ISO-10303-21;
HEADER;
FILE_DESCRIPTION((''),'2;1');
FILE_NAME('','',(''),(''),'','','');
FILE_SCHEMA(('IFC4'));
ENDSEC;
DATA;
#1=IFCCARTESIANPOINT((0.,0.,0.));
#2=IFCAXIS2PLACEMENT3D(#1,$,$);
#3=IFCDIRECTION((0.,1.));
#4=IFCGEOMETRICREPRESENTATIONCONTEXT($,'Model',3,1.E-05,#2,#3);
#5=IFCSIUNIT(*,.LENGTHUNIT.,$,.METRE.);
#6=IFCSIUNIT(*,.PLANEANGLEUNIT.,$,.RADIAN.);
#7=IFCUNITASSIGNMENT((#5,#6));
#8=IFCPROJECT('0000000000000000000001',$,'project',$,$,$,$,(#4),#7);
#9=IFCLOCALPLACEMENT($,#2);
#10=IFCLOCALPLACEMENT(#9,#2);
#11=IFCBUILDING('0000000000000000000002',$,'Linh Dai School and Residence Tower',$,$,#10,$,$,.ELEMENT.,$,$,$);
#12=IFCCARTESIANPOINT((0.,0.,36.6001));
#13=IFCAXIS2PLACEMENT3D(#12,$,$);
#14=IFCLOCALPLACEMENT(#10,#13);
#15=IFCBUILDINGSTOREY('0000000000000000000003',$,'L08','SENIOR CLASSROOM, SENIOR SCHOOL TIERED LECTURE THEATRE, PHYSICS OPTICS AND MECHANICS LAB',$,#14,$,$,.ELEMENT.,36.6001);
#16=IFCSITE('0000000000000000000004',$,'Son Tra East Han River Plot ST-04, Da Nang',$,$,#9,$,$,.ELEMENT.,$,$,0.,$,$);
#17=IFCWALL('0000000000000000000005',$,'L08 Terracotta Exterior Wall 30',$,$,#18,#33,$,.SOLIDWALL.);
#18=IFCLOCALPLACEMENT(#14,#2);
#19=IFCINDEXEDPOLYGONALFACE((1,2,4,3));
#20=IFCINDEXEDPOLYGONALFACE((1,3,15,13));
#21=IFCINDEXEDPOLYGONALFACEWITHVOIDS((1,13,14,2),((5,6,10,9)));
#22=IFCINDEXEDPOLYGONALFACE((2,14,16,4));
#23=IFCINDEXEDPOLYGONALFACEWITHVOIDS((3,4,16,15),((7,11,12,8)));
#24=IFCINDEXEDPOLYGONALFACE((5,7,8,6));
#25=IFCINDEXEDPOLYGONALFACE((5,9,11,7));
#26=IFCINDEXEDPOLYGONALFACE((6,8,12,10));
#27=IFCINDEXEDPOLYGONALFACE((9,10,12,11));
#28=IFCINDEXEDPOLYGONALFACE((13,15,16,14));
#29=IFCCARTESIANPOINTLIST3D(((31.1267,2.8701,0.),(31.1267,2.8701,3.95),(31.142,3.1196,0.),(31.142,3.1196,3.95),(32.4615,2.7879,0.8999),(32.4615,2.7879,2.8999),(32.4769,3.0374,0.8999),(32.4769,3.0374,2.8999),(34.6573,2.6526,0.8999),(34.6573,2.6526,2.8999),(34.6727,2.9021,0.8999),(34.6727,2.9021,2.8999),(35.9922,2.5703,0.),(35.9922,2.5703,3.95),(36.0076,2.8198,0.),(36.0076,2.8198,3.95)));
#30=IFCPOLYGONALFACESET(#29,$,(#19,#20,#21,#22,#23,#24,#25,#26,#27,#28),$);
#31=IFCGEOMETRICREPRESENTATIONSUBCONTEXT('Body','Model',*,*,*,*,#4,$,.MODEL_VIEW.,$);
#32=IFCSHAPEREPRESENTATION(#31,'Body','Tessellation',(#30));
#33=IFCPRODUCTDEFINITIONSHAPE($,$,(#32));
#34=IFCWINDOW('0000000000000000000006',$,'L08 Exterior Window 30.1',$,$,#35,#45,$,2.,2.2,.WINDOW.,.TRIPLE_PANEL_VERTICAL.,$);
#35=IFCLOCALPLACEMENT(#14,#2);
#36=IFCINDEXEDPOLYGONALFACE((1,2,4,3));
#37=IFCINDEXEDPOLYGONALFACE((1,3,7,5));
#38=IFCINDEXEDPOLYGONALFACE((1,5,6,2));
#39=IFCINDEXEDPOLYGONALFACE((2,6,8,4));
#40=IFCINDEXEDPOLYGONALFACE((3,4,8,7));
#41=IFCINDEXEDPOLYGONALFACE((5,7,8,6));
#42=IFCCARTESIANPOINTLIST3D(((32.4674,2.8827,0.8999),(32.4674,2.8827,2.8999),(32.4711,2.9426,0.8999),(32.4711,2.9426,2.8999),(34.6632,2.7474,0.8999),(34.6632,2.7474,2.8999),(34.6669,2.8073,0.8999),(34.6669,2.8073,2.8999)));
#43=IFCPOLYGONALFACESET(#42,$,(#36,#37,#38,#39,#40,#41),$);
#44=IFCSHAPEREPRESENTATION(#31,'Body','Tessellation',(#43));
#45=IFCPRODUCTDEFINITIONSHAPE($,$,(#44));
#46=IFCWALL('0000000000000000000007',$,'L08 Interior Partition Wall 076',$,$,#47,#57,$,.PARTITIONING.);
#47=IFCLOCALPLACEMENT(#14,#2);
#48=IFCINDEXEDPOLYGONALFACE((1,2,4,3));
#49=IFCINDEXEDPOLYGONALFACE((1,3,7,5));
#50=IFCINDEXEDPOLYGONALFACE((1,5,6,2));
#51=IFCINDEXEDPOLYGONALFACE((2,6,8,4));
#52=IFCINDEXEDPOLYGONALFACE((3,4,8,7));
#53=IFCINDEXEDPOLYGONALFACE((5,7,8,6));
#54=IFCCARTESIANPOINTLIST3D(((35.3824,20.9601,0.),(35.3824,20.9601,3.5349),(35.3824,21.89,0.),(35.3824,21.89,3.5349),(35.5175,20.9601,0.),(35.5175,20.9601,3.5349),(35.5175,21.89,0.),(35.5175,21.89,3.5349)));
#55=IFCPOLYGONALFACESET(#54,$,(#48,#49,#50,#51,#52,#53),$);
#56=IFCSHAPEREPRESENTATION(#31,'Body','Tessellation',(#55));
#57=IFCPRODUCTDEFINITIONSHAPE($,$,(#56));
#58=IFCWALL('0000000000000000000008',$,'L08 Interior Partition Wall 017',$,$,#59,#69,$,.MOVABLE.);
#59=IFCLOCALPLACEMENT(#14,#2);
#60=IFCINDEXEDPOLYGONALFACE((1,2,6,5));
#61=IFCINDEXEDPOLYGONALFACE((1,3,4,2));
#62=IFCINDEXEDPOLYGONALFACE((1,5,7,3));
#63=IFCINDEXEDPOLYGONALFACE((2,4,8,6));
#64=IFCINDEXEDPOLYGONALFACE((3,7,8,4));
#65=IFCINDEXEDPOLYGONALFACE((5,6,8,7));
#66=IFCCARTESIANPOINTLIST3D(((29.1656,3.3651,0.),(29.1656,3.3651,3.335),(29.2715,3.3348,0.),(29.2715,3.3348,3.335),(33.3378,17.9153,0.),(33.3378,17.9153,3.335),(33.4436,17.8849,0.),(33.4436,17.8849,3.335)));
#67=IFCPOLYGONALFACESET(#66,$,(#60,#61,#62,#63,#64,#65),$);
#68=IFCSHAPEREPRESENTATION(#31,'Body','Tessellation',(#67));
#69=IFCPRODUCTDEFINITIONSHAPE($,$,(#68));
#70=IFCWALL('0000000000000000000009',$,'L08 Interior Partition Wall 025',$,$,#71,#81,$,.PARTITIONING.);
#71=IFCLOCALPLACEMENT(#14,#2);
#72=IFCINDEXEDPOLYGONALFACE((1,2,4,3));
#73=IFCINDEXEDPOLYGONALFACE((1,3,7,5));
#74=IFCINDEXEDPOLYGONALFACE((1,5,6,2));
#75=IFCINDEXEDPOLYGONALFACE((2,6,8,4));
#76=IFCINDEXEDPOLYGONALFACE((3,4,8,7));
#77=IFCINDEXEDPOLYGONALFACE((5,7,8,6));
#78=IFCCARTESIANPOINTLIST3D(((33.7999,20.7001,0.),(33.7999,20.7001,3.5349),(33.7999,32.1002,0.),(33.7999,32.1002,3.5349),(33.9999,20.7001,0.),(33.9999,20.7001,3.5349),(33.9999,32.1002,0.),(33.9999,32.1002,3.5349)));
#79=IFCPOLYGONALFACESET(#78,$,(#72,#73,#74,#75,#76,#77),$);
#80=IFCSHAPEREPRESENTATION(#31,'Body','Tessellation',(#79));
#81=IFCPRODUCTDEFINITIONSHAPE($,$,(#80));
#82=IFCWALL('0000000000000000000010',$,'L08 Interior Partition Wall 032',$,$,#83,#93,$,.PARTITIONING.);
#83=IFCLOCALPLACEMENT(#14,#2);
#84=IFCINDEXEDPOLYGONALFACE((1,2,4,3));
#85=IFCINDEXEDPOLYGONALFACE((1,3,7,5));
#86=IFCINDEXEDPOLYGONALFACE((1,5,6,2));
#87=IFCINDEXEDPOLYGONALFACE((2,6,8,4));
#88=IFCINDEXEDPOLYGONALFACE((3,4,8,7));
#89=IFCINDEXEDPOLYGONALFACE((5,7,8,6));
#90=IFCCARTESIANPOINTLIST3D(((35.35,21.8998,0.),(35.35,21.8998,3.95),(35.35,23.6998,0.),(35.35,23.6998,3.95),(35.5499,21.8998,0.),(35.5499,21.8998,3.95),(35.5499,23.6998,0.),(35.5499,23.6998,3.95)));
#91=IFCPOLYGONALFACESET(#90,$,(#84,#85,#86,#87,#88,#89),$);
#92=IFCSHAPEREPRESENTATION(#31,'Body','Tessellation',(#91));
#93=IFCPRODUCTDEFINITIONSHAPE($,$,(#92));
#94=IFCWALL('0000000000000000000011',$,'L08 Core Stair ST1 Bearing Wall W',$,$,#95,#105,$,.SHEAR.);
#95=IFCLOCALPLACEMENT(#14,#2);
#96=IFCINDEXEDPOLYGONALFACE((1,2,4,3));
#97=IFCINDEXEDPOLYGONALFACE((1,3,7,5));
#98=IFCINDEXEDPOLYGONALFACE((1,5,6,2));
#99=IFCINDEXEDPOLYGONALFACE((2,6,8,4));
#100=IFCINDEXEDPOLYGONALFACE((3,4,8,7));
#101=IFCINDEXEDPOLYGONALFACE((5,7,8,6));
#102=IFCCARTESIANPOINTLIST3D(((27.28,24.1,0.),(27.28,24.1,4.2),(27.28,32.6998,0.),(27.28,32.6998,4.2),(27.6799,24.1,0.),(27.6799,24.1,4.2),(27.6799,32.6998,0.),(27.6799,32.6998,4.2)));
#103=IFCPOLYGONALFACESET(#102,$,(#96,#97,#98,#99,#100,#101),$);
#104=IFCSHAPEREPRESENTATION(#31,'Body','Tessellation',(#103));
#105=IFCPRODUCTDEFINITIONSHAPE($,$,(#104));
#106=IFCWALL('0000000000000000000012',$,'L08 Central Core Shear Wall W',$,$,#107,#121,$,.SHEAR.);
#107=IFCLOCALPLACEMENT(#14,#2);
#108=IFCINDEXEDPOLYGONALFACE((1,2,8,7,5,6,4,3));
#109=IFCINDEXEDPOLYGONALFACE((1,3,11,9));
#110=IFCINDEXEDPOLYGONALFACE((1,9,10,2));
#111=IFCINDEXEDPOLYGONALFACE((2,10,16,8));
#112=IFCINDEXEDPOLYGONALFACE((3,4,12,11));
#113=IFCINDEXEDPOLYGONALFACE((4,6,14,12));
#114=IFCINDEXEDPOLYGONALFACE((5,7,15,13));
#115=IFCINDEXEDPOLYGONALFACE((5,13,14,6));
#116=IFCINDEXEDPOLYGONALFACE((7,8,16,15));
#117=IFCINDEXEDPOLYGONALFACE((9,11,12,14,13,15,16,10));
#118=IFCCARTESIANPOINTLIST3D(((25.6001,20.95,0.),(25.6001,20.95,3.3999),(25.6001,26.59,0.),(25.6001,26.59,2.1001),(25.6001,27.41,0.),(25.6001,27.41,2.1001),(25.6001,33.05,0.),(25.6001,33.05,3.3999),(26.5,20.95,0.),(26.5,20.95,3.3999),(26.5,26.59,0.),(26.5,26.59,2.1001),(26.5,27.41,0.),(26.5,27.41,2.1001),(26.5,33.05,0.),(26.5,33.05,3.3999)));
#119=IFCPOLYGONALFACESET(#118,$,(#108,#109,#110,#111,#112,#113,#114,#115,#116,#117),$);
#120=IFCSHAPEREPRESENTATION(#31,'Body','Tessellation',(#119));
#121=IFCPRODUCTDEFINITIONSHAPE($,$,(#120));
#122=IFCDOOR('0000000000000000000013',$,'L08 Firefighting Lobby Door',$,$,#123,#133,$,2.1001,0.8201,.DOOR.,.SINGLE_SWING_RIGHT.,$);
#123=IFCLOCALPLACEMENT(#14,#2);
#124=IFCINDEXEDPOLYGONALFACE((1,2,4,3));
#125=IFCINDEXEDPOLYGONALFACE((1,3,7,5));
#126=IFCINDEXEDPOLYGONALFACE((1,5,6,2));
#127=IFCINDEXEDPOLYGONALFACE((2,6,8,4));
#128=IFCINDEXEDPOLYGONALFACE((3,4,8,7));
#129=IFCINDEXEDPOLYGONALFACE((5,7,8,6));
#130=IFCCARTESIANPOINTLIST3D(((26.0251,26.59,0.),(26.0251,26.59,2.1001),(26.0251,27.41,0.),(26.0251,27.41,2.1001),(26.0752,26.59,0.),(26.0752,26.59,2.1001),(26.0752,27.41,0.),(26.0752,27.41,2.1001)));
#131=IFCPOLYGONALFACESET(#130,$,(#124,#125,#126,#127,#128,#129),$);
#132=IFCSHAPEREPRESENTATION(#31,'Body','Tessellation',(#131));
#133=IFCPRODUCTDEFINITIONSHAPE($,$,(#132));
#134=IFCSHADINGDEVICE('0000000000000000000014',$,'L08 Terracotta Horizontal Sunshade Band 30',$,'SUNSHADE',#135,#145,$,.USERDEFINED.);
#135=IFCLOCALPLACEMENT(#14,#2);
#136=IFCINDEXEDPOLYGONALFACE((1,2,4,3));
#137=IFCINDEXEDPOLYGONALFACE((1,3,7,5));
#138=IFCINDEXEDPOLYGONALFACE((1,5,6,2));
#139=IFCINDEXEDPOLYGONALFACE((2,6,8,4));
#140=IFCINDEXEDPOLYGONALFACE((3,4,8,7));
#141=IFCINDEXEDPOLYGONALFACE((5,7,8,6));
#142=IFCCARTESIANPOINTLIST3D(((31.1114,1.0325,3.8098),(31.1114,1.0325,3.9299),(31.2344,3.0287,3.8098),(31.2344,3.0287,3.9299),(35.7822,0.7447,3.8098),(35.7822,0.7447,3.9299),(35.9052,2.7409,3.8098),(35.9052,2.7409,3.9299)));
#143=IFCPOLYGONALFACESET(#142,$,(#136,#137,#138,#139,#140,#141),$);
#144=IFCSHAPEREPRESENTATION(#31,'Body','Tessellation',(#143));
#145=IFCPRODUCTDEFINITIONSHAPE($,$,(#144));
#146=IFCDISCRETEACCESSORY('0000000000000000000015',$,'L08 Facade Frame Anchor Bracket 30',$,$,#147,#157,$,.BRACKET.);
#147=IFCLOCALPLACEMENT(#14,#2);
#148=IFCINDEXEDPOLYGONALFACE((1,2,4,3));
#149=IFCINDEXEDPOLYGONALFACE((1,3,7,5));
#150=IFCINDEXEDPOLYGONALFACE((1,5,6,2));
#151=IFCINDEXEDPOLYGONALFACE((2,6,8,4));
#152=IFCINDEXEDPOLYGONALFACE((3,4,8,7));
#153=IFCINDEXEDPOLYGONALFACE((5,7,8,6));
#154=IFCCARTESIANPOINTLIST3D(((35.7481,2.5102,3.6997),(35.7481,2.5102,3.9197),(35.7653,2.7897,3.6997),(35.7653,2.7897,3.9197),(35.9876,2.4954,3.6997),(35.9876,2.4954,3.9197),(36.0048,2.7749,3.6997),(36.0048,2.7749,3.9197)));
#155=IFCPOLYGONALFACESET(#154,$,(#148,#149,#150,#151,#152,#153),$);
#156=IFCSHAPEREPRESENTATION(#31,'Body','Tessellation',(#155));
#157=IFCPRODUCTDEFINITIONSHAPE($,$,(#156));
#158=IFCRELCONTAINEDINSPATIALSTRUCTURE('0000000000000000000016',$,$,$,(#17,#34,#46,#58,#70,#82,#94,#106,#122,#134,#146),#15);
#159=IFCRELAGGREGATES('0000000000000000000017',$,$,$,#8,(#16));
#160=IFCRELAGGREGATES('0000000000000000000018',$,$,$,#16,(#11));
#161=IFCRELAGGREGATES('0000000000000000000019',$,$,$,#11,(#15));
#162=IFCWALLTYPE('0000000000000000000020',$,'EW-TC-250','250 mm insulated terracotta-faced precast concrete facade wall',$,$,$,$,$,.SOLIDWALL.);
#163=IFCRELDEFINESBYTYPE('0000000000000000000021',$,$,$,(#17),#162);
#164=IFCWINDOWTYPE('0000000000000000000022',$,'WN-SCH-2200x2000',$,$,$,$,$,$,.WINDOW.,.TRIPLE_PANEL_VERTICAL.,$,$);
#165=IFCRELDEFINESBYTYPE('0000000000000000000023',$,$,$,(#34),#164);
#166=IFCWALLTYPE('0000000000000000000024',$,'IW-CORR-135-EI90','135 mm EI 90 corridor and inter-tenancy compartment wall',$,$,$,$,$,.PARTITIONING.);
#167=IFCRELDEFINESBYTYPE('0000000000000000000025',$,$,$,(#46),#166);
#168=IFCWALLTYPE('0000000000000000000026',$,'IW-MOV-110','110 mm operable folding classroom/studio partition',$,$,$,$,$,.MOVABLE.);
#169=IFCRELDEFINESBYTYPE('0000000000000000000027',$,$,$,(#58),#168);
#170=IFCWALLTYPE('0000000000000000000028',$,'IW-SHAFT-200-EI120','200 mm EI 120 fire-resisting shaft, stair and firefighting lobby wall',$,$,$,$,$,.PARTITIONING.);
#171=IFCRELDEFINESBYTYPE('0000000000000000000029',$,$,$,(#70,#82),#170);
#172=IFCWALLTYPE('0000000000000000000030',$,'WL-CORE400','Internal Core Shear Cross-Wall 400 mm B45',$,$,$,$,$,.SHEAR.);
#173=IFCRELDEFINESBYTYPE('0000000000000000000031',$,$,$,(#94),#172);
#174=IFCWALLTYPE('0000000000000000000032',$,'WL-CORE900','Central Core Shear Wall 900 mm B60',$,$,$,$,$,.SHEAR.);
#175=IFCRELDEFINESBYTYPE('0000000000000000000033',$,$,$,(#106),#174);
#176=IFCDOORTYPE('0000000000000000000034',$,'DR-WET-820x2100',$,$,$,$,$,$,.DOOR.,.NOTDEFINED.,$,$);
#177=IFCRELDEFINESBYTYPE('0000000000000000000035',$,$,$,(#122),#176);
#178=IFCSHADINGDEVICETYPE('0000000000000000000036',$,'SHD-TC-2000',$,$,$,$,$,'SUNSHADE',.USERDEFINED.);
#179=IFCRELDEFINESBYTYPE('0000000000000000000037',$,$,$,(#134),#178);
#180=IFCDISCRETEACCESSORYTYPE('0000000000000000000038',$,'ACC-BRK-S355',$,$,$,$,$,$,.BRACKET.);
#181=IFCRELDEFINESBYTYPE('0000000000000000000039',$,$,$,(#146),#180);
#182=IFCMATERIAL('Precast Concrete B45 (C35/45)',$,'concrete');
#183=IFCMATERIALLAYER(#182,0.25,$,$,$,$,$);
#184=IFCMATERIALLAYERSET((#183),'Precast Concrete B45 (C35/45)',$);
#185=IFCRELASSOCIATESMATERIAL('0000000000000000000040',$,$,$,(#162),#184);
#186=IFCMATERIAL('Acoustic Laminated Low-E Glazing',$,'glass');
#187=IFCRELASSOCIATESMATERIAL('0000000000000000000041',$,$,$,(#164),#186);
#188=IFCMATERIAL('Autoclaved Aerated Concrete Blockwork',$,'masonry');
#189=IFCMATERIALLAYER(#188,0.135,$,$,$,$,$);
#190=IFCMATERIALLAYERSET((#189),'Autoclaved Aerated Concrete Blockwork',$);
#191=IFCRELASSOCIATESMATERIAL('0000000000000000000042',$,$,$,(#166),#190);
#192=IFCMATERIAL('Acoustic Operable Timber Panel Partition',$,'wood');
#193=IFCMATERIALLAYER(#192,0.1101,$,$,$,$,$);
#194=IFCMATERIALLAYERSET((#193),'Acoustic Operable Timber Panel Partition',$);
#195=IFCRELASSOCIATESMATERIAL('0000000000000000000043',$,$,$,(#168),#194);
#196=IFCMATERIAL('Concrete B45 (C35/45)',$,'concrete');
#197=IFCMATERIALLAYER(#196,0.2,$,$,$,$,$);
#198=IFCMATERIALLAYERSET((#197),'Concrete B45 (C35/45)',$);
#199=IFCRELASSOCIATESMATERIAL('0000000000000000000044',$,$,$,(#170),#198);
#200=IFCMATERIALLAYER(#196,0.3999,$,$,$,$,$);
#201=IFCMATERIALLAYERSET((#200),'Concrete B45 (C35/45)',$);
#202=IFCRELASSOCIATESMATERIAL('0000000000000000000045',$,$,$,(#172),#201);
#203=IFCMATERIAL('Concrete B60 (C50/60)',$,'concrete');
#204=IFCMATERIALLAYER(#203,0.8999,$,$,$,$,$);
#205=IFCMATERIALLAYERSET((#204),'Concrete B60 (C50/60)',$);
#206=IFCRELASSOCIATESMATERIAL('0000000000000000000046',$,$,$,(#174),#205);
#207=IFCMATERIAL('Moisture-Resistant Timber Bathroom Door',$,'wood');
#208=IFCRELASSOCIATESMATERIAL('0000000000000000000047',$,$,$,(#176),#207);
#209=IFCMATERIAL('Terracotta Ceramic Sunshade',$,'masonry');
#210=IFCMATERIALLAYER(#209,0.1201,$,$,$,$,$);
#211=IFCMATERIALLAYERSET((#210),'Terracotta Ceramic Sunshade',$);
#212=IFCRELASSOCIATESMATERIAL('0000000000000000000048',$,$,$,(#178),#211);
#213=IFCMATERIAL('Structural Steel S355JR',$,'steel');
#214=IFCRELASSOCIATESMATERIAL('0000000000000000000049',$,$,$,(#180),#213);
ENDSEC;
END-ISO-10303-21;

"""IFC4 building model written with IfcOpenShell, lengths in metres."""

from ifc_helpers import new_model, si_unit, direction, frame, frame_2d, origin, origin_2d, place, context, subcontext, project, spatial, rectangle, extrude, source, transform, mapped, material, layer, layer_set, type_object, element, fill, save


model = new_model("IFC4")

# Units and contexts
model_context = context("Model", 3, precision=1e-05, world=origin(), true_north=direction((0.0, 1.0)))
body_context = subcontext(model_context, "Body", "Model", "MODEL_VIEW")
ifc_project = project(units=[si_unit("LENGTHUNIT", "METRE"), si_unit("PLANEANGLEUNIT", "RADIAN")], contexts=[model_context])

# Site, building, storey
site_placement = place(None, origin())
site = spatial("IfcSite", under=ifc_project, at=site_placement, Name="Son Tra East Han River Plot ST-04, Da Nang", CompositionType="ELEMENT", RefElevation=0.0)
building_placement = place(site_placement, origin())
building = spatial("IfcBuilding", under=site, at=building_placement, Name="Linh Dai School and Residence Tower", CompositionType="ELEMENT")
storey_placement = place(building_placement, frame((0.0, 0.0, 36.6001)))
storey = spatial("IfcBuildingStorey", under=building, at=storey_placement, Name="L08", Description="SENIOR CLASSROOM, SENIOR SCHOOL TIERED LECTURE THEATRE, PHYSICS OPTICS AND MECHANICS LAB", CompositionType="ELEMENT", Elevation=36.6001)

# Shared definitions
ifc_material_1 = material(Name="Concrete B60 (C50/60)", Category="concrete")
ifc_material_2 = material(Name="Structural Steel S355JR", Category="steel")

# Shared definitions
ifc_material_3 = material(Name="Precast Concrete B45 (C35/45)", Category="concrete")

# Wall, opening, window
ifc_layer_1 = layer(ifc_material_3, 0.25)
ifc_layer_set_1 = layer_set([ifc_layer_1], Name="Precast Concrete B45 (C35/45)")
wall_type_1 = type_object("IfcWallType", Name="EW-TC-250", Description="250 mm insulated terracotta-faced precast concrete facade wall", PredefinedType="SOLIDWALL", material=ifc_layer_set_1)
ifc_material_4 = material(Name="Acoustic Laminated Low-E Glazing", Category="glass")
window_type_1 = type_object("IfcWindowType", Name="WN-SCH-2200x2000", PartitioningType="TRIPLE_PANEL_VERTICAL", PredefinedType="WINDOW", material=ifc_material_4)
shared_shape_1 = source(origin(), body_context, "Body", "SweptSolid", [
    extrude(rectangle(XDim=2.2, YDim=2.0, at=origin_2d()), frame((1.1001, 0.03, 1.0), z_axis=(0.0, -1.0, 0.0), x_axis=(1.0, 0.0, 0.0)), (0.0, 0.0, 1.0), 0.0601),
])
wall_1_placement = place(storey_placement, frame((36.0, 2.6951, 0.0), z_axis=(0.0, 0.0, 1.0), x_axis=(-0.998107, 0.061502, 0.0)))
wall_1 = element("IfcWall", 1, at=wall_1_placement, inside=storey, type_object=wall_type_1, Name="L08 Terracotta Exterior Wall 30", PredefinedType="SOLIDWALL", context=body_context, shape_type="SweptSolid", body=[
    extrude(rectangle(XDim=4.8748, YDim=0.25, at=frame_2d((2.4375, 0.0))), origin(), (0.0, 0.0, 1.0), 3.95),
])
opening_1_placement = place(wall_1_placement, frame((1.3374, 0.0, 0.8999)))
opening_1 = element("IfcOpeningElement", 2, at=opening_1_placement, cuts=wall_1, PredefinedType="OPENING", context=body_context, shape_type="SweptSolid", body=[
    extrude(rectangle(XDim=2.2, YDim=2.0, at=origin_2d()), frame((1.1001, 0.135, 1.0), z_axis=(0.0, -1.0, 0.0), x_axis=(1.0, 0.0, 0.0)), (0.0, 0.0, 1.0), 0.27),
])
window_1_placement = place(opening_1_placement, origin())
window_1 = element("IfcWindow", 3, at=window_1_placement, inside=storey, type_object=window_type_1, Name="L08 Exterior Window 30.1", OverallHeight=2.0, OverallWidth=2.2, PartitioningType="TRIPLE_PANEL_VERTICAL", PredefinedType="WINDOW", context=body_context, shape_type="MappedRepresentation", body=[
    mapped(shared_shape_1, transform((0.0, 0.0, 0.0), x_axis=(1.0, 0.0, 0.0), y_axis=(0.0, 1.0, 0.0), z_axis=(0.0, 0.0, 1.0), scale=1.0)),
])
fill(opening_1, window_1)

# Walls
ifc_material_5 = material(Name="Autoclaved Aerated Concrete Blockwork", Category="masonry")
ifc_layer_2 = layer(ifc_material_5, 0.135)
ifc_layer_set_2 = layer_set([ifc_layer_2], Name="Autoclaved Aerated Concrete Blockwork")
wall_type_2 = type_object("IfcWallType", Name="IW-CORR-135-EI90", Description="135 mm EI 90 corridor and inter-tenancy compartment wall", PredefinedType="PARTITIONING", material=ifc_layer_set_2)
wall_2_placement = place(storey_placement, frame((35.45, 21.8899, 0.0), z_axis=(0.0, 0.0, 1.0), x_axis=(0.0, -1.0, 0.0)))
element("IfcWall", 4, at=wall_2_placement, inside=storey, type_object=wall_type_2, Name="L08 Interior Partition Wall 076", PredefinedType="PARTITIONING", context=body_context, shape_type="SweptSolid", body=[
    extrude(rectangle(XDim=0.9299, YDim=0.135, at=frame_2d((0.4648, 0.0))), origin(), (0.0, 0.0, 1.0), 3.5349),
])
ifc_material_6 = material(Name="Acoustic Operable Timber Panel Partition", Category="wood")
ifc_layer_3 = layer(ifc_material_6, 0.1101)
ifc_layer_set_3 = layer_set([ifc_layer_3], Name="Acoustic Operable Timber Panel Partition")
wall_type_3 = type_object("IfcWallType", Name="IW-MOV-110", Description="110 mm operable folding classroom/studio partition", PredefinedType="MOVABLE", material=ifc_layer_set_3)
wall_3_placement = place(storey_placement, frame((29.2185, 3.3499, 0.0), z_axis=(0.0, 0.0, 1.0), x_axis=(0.275635, 0.961262, 0.0)))
element("IfcWall", 5, at=wall_3_placement, inside=storey, type_object=wall_type_3, Name="L08 Interior Partition Wall 017", PredefinedType="MOVABLE", context=body_context, shape_type="SweptSolid", body=[
    extrude(rectangle(XDim=15.1365, YDim=0.1101, at=frame_2d((7.5684, 0.0))), origin(), (0.0, 0.0, 1.0), 3.335),
])

# Shared definitions
ifc_material_7 = material(Name="Concrete B45 (C35/45)", Category="concrete")
ifc_layer_4 = layer(ifc_material_7, 0.2)
ifc_layer_set_4 = layer_set([ifc_layer_4], Name="Concrete B45 (C35/45)")
wall_type_4 = type_object("IfcWallType", Name="IW-SHAFT-200-EI120", Description="200 mm EI 120 fire-resisting shaft, stair and firefighting lobby wall", PredefinedType="PARTITIONING", material=ifc_layer_set_4)

# Walls
wall_4_placement = place(storey_placement, frame((33.8999, 20.7, 0.0), z_axis=(0.0, 0.0, 1.0), x_axis=(0.0, 1.0, 0.0)))
element("IfcWall", 6, at=wall_4_placement, inside=storey, type_object=wall_type_4, Name="L08 Interior Partition Wall 025", PredefinedType="PARTITIONING", context=body_context, shape_type="SweptSolid", body=[
    extrude(rectangle(XDim=11.4001, YDim=0.2, at=frame_2d((5.7002, 0.0))), origin(), (0.0, 0.0, 1.0), 3.5349),
])
wall_5_placement = place(storey_placement, frame((35.45, 21.8999, 0.0), z_axis=(0.0, 0.0, 1.0), x_axis=(0.0, 1.0, 0.0)))
element("IfcWall", 7, at=wall_5_placement, inside=storey, type_object=wall_type_4, Name="L08 Interior Partition Wall 032", PredefinedType="PARTITIONING", context=body_context, shape_type="SweptSolid", body=[
    extrude(rectangle(XDim=1.8, YDim=0.2, at=frame_2d((0.8999, 0.0))), origin(), (0.0, 0.0, 1.0), 3.95),
])

# Wall
ifc_layer_5 = layer(ifc_material_7, 0.3999)
ifc_layer_set_5 = layer_set([ifc_layer_5], Name="Concrete B45 (C35/45)")
wall_type_5 = type_object("IfcWallType", Name="WL-CORE400", Description="Internal Core Shear Cross-Wall 400 mm B45", PredefinedType="SHEAR", material=ifc_layer_set_5)
wall_6_placement = place(storey_placement, frame((27.48, 24.1001, 0.0), z_axis=(0.0, 0.0, 1.0), x_axis=(0.0, 1.0, 0.0)))
element("IfcWall", 8, at=wall_6_placement, inside=storey, type_object=wall_type_5, Name="L08 Core Stair ST1 Bearing Wall W", PredefinedType="SHEAR", context=body_context, shape_type="SweptSolid", body=[
    extrude(rectangle(XDim=8.5999, YDim=0.3999, at=frame_2d((4.2998, 0.0))), origin(), (0.0, 0.0, 1.0), 4.2),
])

# Wall, opening, door
ifc_layer_6 = layer(ifc_material_1, 0.8999)
ifc_layer_set_6 = layer_set([ifc_layer_6], Name="Concrete B60 (C50/60)")
wall_type_6 = type_object("IfcWallType", Name="WL-CORE900", Description="Central Core Shear Wall 900 mm B60", PredefinedType="SHEAR", material=ifc_layer_set_6)
wall_7_placement = place(storey_placement, frame((26.05, 20.95, 0.0), z_axis=(0.0, 0.0, 1.0), x_axis=(0.0, 1.0, 0.0)))
wall_7 = element("IfcWall", 9, at=wall_7_placement, inside=storey, type_object=wall_type_6, Name="L08 Central Core Shear Wall W", PredefinedType="SHEAR", context=body_context, shape_type="SweptSolid", body=[
    extrude(rectangle(XDim=12.1001, YDim=0.8999, at=frame_2d((6.05, 0.0))), origin(), (0.0, 0.0, 1.0), 3.3999),
])
opening_2_placement = place(wall_7_placement, frame((5.6399, 0.0, 0.0)))
opening_2 = element("IfcOpeningElement", 10, at=opening_2_placement, cuts=wall_7, PredefinedType="OPENING", context=body_context, shape_type="SweptSolid", body=[
    extrude(rectangle(XDim=0.8201, YDim=2.1001, at=origin_2d()), frame((0.4102, 0.46, 1.05), z_axis=(0.0, -1.0, 0.0), x_axis=(1.0, 0.0, 0.0)), (0.0, 0.0, 1.0), 0.9199),
])
ifc_material_8 = material(Name="Moisture-Resistant Timber Bathroom Door", Category="wood")
door_type_1 = type_object("IfcDoorType", Name="DR-WET-820x2100", OperationType="NOTDEFINED", PredefinedType="DOOR", material=ifc_material_8)
shared_shape_2 = source(origin(), body_context, "Body", "SweptSolid", [
    extrude(rectangle(XDim=0.8201, YDim=2.1001, at=origin_2d()), frame((0.4102, 0.0249, 1.05), z_axis=(0.0, -1.0, 0.0), x_axis=(1.0, 0.0, 0.0)), (0.0, 0.0, 1.0), 0.05),
])
door_1_placement = place(opening_2_placement, origin())
door_1 = element("IfcDoor", 11, at=door_1_placement, inside=storey, type_object=door_type_1, Name="L08 Firefighting Lobby Door", OperationType="SINGLE_SWING_RIGHT", OverallHeight=2.1001, OverallWidth=0.8201, PredefinedType="DOOR", context=body_context, shape_type="MappedRepresentation", body=[
    mapped(shared_shape_2, transform((0.0, 0.0, 0.0), x_axis=(1.0, 0.0, 0.0), y_axis=(0.0, 1.0, 0.0), z_axis=(0.0, 0.0, 1.0), scale=1.0)),
])
fill(opening_2, door_1)

# Shading device
ifc_material_9 = material(Name="Terracotta Ceramic Sunshade", Category="masonry")
ifc_layer_7 = layer(ifc_material_9, 0.1201)
ifc_layer_set_7 = layer_set([ifc_layer_7], Name="Terracotta Ceramic Sunshade")
shading_device_type = type_object("IfcShadingDeviceType", Name="SHD-TC-2000", ElementType="SUNSHADE", PredefinedType="USERDEFINED", material=ifc_layer_set_7)
shared_shape_3 = source(origin(), body_context, "Body", "SweptSolid", [
    extrude(rectangle(XDim=4.6797, YDim=2.0, at=origin_2d()), origin(), (0.0, 0.0, 1.0), 0.1201),
])
shading_device_placement = place(storey_placement, frame((33.5083, 1.8867, 3.8098), z_axis=(0.0, 0.0, 1.0), x_axis=(-0.998107, 0.061507, 0.0)))
element("IfcShadingDevice", 12, at=shading_device_placement, inside=storey, type_object=shading_device_type, Name="L08 Terracotta Horizontal Sunshade Band 30", ObjectType="SUNSHADE", PredefinedType="USERDEFINED", context=body_context, shape_type="MappedRepresentation", body=[
    mapped(shared_shape_3, transform((0.0, 0.0, 0.0), x_axis=(1.0, 0.0, 0.0), y_axis=(0.0, 1.0, 0.0), z_axis=(0.0, 0.0, 1.0), scale=1.0)),
])

# Discrete accessory
discrete_accessory_type = type_object("IfcDiscreteAccessoryType", Name="ACC-BRK-S355", PredefinedType="BRACKET", material=ifc_material_2)
shared_shape_4 = source(origin(), body_context, "Body", "SweptSolid", [
    extrude(rectangle(XDim=0.28, YDim=0.24, at=origin_2d()), origin(), (0.0, 0.0, 1.0), 0.22),
])
discrete_accessory_placement = place(storey_placement, frame((35.8765, 2.6426, 3.6997), z_axis=(0.0, 0.0, 1.0), x_axis=(-0.061507, -0.998107, 0.0)))
element("IfcDiscreteAccessory", 13, at=discrete_accessory_placement, inside=storey, type_object=discrete_accessory_type, Name="L08 Facade Frame Anchor Bracket 30", PredefinedType="BRACKET", context=body_context, shape_type="MappedRepresentation", body=[
    mapped(shared_shape_4, transform((0.0, 0.0, 0.0), x_axis=(1.0, 0.0, 0.0), y_axis=(0.0, 1.0, 0.0), z_axis=(0.0, 0.0, 1.0), scale=1.0)),
])

save(model, "model.ifc")
